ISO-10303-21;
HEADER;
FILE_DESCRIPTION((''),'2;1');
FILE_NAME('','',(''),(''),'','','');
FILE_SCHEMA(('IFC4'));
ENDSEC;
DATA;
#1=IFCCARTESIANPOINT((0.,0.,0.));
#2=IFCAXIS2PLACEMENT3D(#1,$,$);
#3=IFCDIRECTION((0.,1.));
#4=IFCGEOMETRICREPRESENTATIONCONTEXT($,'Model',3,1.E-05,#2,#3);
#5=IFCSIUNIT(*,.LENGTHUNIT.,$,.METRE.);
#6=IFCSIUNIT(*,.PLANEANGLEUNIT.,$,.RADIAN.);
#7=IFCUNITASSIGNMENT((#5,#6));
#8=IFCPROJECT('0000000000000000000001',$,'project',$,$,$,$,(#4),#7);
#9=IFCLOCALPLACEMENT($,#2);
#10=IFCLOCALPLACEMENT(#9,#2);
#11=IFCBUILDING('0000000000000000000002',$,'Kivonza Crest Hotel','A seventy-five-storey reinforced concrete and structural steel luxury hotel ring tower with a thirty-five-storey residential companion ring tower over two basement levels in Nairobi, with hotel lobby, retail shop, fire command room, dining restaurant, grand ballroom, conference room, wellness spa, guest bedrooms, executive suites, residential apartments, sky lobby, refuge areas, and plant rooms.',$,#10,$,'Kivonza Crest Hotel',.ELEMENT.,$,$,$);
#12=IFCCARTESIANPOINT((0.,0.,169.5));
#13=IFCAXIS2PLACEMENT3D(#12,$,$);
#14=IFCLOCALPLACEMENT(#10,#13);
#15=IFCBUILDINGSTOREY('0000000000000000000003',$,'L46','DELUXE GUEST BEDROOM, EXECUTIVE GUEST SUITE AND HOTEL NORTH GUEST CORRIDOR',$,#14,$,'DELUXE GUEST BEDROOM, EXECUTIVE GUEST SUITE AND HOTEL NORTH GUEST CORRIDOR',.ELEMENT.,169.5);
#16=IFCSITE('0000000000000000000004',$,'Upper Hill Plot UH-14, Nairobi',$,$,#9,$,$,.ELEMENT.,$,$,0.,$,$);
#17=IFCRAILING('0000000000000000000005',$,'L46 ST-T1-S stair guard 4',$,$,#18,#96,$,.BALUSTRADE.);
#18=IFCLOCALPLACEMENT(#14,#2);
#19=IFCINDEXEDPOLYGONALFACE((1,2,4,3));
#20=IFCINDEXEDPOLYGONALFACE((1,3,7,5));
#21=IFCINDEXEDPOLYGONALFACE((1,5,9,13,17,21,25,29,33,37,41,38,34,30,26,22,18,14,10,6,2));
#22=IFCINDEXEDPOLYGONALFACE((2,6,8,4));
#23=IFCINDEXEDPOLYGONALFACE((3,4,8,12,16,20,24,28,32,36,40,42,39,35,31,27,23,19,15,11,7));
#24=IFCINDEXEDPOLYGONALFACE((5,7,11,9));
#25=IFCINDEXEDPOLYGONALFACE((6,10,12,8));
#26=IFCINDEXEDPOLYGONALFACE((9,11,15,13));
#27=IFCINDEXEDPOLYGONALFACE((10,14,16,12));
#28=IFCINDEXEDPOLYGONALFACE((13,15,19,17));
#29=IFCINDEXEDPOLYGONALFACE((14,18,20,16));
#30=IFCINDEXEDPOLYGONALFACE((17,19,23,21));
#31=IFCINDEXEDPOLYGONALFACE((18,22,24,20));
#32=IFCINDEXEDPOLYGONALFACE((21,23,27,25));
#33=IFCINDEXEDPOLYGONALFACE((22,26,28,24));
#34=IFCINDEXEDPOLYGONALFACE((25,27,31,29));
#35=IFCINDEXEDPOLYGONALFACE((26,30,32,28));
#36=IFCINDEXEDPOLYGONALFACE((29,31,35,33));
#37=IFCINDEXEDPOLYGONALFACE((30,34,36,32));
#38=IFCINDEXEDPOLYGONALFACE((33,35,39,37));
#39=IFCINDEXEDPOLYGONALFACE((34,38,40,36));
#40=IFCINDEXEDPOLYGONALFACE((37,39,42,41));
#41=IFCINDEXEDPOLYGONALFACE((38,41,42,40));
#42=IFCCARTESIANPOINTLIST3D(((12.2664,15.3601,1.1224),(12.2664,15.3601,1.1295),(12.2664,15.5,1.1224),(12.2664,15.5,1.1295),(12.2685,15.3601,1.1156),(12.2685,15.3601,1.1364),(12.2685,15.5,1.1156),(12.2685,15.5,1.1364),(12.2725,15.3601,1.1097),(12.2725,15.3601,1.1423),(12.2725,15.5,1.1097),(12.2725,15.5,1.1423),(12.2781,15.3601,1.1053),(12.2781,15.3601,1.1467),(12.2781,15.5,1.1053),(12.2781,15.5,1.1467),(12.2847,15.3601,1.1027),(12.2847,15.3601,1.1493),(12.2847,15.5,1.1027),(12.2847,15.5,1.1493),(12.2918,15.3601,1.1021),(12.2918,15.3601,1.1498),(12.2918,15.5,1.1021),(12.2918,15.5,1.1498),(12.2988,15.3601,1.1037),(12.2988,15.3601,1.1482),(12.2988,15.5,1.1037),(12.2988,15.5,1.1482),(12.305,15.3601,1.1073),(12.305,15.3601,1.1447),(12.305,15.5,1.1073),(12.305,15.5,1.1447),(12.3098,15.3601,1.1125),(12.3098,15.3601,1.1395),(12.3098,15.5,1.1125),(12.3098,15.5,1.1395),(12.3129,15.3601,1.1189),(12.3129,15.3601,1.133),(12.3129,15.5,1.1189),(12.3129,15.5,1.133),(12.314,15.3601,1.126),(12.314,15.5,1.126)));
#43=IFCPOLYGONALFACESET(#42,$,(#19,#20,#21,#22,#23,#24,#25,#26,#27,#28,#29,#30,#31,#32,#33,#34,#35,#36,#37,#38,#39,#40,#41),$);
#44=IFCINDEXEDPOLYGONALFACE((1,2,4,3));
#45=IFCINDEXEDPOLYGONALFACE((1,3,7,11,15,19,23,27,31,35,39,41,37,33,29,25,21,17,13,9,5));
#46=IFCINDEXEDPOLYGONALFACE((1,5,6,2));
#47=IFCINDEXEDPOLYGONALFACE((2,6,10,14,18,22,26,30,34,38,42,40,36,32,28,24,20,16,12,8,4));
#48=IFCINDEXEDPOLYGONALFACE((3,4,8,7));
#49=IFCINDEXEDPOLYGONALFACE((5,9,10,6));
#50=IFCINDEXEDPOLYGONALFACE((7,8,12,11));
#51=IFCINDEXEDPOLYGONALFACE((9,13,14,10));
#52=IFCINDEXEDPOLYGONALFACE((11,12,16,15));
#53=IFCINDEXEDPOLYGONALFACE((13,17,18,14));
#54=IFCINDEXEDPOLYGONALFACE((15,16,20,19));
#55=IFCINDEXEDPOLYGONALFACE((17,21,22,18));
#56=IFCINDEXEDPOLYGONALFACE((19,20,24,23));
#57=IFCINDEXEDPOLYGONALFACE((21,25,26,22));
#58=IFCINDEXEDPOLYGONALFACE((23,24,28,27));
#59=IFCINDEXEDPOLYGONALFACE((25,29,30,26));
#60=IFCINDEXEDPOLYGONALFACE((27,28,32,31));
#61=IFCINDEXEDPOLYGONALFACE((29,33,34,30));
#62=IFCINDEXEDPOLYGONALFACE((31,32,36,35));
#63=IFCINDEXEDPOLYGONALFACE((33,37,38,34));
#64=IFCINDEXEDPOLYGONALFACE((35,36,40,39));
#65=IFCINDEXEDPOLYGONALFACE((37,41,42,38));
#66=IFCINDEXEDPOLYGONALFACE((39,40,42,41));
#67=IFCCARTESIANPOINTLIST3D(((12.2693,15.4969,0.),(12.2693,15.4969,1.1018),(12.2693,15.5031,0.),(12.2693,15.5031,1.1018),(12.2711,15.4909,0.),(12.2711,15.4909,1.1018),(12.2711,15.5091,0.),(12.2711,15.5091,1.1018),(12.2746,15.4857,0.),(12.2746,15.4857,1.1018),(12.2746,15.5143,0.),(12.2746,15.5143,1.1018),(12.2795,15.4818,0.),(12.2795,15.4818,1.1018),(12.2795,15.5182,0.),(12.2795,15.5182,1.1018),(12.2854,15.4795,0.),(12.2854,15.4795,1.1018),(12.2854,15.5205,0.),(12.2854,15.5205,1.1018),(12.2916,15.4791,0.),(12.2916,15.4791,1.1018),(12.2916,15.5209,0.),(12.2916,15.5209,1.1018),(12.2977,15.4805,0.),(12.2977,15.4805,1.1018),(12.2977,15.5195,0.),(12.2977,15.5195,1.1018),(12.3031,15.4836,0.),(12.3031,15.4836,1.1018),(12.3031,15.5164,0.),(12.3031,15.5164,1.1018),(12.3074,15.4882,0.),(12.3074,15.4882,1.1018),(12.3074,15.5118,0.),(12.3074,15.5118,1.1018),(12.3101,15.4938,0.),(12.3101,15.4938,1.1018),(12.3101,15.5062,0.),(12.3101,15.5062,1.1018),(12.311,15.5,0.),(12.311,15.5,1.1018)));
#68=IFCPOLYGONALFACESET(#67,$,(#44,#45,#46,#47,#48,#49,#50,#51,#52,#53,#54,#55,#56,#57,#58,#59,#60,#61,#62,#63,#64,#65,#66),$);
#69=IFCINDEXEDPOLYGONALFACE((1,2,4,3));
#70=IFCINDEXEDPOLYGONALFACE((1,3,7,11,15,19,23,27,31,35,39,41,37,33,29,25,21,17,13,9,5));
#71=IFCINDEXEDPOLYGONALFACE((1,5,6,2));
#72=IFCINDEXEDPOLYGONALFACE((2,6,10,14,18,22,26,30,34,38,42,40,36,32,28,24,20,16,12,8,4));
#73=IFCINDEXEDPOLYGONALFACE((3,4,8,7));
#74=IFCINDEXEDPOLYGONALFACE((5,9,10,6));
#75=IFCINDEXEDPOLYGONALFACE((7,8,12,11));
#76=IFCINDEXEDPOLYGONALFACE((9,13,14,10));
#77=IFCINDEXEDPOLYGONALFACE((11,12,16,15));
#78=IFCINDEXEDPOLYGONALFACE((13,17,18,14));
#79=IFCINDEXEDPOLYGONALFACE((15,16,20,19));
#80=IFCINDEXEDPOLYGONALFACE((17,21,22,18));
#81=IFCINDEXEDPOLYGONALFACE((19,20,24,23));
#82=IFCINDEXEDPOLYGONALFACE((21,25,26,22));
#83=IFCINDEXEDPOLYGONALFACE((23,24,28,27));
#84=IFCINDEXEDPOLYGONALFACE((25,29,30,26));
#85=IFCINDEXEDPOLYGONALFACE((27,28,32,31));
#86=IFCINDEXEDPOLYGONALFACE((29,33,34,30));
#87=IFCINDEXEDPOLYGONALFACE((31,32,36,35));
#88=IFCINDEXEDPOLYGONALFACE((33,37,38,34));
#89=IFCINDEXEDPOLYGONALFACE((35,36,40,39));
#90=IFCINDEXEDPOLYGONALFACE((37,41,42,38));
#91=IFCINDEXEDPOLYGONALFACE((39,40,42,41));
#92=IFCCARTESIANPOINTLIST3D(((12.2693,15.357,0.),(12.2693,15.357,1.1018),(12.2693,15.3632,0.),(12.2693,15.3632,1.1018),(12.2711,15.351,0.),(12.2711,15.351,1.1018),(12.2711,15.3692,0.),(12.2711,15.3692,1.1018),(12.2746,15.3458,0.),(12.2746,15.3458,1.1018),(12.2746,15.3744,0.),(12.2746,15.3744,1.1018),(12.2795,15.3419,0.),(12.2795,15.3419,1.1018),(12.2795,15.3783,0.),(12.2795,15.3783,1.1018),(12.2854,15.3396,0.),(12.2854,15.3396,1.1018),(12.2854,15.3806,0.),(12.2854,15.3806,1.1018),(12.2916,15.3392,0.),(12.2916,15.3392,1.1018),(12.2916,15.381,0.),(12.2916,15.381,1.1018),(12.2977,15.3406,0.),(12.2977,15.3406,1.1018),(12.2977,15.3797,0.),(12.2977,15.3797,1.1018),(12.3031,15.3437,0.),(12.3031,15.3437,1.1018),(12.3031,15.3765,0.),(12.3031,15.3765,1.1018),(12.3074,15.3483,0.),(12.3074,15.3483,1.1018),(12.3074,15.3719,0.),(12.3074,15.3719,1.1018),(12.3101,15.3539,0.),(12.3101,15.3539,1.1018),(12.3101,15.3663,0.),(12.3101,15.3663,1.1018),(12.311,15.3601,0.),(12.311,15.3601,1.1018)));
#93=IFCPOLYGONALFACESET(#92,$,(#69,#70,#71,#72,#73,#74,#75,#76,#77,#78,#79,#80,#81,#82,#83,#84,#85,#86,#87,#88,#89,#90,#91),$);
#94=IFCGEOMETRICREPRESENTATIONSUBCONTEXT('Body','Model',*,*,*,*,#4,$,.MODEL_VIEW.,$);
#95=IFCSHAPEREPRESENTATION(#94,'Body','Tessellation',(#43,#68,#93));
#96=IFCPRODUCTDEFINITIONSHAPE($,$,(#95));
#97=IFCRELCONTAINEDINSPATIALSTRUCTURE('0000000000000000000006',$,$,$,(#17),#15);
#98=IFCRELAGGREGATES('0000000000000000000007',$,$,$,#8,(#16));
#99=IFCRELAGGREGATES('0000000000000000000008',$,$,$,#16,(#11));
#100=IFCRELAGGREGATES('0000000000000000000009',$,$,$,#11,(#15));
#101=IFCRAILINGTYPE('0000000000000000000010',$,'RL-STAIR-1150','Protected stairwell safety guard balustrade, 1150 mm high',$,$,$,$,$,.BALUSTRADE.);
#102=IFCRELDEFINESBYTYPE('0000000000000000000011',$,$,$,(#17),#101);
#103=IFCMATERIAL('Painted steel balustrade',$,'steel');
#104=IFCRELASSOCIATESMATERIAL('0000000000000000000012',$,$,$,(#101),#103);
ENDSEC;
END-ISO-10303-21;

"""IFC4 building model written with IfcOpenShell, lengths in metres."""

from ifc_helpers import new_model, si_unit, direction, frame, origin, origin_2d, place, context, subcontext, project, spatial, circle, extrude, material, type_object, element, save


model = new_model("IFC4")

# Units and contexts
model_context = context("Model", 3, precision=1e-05, world=origin(), true_north=direction((0.0, 1.0)))
body_context = subcontext(model_context, "Body", "Model", "MODEL_VIEW")
ifc_project = project(units=[si_unit("LENGTHUNIT", "METRE"), si_unit("PLANEANGLEUNIT", "RADIAN")], contexts=[model_context])

# Site, building, storey
site_placement = place(None, origin())
site = spatial("IfcSite", under=ifc_project, at=site_placement, Name="Upper Hill Plot UH-14, Nairobi", CompositionType="ELEMENT", RefElevation=0.0)
building_placement = place(site_placement, origin())
building = spatial("IfcBuilding", under=site, at=building_placement, Name="Kivonza Crest Hotel", Description="A seventy-five-storey reinforced concrete and structural steel luxury hotel ring tower with a thirty-five-storey residential companion ring tower over two basement levels in Nairobi, with hotel lobby, retail shop, fire command room, dining restaurant, grand ballroom, conference room, wellness spa, guest bedrooms, executive suites, residential apartments, sky lobby, refuge areas, and plant rooms.", LongName="Kivonza Crest Hotel", CompositionType="ELEMENT")
storey_placement = place(building_placement, frame((0.0, 0.0, 169.5)))
storey = spatial("IfcBuildingStorey", under=building, at=storey_placement, Name="L46", Description="DELUXE GUEST BEDROOM, EXECUTIVE GUEST SUITE AND HOTEL NORTH GUEST CORRIDOR", LongName="DELUXE GUEST BEDROOM, EXECUTIVE GUEST SUITE AND HOTEL NORTH GUEST CORRIDOR", CompositionType="ELEMENT", Elevation=169.5)

# Railing
ifc_material_1 = material(Name="Painted steel balustrade", Category="steel")
railing_type_1 = type_object("IfcRailingType", Name="RL-STAIR-1150", Description="Protected stairwell safety guard balustrade, 1150 mm high", PredefinedType="BALUSTRADE", material=ifc_material_1)
railing_1_placement = place(storey_placement, frame((12.29, 15.5, 0.0)))
element("IfcRailing", 1, at=railing_1_placement, inside=storey, type_object=railing_type_1, Name="L46 ST-T1-S stair guard 4", PredefinedType="BALUSTRADE", context=body_context, shape_type="SweptSolid", body=[
    extrude(circle(Radius=0.0239, at=origin_2d()), frame((0.0, 0.0, 1.126), z_axis=(0.0, -1.0, 0.0), x_axis=(1.0, 0.0, 0.0)), (0.0, 0.0, 1.0), 0.1399),
    extrude(circle(Radius=0.021, at=origin_2d()), origin(), (0.0, 0.0, 1.0), 1.1018),
    extrude(circle(Radius=0.021, at=origin_2d()), frame((0.0, -0.1399, 0.0)), (0.0, 0.0, 1.0), 1.1018),
])

save(model, "model.ifc")
